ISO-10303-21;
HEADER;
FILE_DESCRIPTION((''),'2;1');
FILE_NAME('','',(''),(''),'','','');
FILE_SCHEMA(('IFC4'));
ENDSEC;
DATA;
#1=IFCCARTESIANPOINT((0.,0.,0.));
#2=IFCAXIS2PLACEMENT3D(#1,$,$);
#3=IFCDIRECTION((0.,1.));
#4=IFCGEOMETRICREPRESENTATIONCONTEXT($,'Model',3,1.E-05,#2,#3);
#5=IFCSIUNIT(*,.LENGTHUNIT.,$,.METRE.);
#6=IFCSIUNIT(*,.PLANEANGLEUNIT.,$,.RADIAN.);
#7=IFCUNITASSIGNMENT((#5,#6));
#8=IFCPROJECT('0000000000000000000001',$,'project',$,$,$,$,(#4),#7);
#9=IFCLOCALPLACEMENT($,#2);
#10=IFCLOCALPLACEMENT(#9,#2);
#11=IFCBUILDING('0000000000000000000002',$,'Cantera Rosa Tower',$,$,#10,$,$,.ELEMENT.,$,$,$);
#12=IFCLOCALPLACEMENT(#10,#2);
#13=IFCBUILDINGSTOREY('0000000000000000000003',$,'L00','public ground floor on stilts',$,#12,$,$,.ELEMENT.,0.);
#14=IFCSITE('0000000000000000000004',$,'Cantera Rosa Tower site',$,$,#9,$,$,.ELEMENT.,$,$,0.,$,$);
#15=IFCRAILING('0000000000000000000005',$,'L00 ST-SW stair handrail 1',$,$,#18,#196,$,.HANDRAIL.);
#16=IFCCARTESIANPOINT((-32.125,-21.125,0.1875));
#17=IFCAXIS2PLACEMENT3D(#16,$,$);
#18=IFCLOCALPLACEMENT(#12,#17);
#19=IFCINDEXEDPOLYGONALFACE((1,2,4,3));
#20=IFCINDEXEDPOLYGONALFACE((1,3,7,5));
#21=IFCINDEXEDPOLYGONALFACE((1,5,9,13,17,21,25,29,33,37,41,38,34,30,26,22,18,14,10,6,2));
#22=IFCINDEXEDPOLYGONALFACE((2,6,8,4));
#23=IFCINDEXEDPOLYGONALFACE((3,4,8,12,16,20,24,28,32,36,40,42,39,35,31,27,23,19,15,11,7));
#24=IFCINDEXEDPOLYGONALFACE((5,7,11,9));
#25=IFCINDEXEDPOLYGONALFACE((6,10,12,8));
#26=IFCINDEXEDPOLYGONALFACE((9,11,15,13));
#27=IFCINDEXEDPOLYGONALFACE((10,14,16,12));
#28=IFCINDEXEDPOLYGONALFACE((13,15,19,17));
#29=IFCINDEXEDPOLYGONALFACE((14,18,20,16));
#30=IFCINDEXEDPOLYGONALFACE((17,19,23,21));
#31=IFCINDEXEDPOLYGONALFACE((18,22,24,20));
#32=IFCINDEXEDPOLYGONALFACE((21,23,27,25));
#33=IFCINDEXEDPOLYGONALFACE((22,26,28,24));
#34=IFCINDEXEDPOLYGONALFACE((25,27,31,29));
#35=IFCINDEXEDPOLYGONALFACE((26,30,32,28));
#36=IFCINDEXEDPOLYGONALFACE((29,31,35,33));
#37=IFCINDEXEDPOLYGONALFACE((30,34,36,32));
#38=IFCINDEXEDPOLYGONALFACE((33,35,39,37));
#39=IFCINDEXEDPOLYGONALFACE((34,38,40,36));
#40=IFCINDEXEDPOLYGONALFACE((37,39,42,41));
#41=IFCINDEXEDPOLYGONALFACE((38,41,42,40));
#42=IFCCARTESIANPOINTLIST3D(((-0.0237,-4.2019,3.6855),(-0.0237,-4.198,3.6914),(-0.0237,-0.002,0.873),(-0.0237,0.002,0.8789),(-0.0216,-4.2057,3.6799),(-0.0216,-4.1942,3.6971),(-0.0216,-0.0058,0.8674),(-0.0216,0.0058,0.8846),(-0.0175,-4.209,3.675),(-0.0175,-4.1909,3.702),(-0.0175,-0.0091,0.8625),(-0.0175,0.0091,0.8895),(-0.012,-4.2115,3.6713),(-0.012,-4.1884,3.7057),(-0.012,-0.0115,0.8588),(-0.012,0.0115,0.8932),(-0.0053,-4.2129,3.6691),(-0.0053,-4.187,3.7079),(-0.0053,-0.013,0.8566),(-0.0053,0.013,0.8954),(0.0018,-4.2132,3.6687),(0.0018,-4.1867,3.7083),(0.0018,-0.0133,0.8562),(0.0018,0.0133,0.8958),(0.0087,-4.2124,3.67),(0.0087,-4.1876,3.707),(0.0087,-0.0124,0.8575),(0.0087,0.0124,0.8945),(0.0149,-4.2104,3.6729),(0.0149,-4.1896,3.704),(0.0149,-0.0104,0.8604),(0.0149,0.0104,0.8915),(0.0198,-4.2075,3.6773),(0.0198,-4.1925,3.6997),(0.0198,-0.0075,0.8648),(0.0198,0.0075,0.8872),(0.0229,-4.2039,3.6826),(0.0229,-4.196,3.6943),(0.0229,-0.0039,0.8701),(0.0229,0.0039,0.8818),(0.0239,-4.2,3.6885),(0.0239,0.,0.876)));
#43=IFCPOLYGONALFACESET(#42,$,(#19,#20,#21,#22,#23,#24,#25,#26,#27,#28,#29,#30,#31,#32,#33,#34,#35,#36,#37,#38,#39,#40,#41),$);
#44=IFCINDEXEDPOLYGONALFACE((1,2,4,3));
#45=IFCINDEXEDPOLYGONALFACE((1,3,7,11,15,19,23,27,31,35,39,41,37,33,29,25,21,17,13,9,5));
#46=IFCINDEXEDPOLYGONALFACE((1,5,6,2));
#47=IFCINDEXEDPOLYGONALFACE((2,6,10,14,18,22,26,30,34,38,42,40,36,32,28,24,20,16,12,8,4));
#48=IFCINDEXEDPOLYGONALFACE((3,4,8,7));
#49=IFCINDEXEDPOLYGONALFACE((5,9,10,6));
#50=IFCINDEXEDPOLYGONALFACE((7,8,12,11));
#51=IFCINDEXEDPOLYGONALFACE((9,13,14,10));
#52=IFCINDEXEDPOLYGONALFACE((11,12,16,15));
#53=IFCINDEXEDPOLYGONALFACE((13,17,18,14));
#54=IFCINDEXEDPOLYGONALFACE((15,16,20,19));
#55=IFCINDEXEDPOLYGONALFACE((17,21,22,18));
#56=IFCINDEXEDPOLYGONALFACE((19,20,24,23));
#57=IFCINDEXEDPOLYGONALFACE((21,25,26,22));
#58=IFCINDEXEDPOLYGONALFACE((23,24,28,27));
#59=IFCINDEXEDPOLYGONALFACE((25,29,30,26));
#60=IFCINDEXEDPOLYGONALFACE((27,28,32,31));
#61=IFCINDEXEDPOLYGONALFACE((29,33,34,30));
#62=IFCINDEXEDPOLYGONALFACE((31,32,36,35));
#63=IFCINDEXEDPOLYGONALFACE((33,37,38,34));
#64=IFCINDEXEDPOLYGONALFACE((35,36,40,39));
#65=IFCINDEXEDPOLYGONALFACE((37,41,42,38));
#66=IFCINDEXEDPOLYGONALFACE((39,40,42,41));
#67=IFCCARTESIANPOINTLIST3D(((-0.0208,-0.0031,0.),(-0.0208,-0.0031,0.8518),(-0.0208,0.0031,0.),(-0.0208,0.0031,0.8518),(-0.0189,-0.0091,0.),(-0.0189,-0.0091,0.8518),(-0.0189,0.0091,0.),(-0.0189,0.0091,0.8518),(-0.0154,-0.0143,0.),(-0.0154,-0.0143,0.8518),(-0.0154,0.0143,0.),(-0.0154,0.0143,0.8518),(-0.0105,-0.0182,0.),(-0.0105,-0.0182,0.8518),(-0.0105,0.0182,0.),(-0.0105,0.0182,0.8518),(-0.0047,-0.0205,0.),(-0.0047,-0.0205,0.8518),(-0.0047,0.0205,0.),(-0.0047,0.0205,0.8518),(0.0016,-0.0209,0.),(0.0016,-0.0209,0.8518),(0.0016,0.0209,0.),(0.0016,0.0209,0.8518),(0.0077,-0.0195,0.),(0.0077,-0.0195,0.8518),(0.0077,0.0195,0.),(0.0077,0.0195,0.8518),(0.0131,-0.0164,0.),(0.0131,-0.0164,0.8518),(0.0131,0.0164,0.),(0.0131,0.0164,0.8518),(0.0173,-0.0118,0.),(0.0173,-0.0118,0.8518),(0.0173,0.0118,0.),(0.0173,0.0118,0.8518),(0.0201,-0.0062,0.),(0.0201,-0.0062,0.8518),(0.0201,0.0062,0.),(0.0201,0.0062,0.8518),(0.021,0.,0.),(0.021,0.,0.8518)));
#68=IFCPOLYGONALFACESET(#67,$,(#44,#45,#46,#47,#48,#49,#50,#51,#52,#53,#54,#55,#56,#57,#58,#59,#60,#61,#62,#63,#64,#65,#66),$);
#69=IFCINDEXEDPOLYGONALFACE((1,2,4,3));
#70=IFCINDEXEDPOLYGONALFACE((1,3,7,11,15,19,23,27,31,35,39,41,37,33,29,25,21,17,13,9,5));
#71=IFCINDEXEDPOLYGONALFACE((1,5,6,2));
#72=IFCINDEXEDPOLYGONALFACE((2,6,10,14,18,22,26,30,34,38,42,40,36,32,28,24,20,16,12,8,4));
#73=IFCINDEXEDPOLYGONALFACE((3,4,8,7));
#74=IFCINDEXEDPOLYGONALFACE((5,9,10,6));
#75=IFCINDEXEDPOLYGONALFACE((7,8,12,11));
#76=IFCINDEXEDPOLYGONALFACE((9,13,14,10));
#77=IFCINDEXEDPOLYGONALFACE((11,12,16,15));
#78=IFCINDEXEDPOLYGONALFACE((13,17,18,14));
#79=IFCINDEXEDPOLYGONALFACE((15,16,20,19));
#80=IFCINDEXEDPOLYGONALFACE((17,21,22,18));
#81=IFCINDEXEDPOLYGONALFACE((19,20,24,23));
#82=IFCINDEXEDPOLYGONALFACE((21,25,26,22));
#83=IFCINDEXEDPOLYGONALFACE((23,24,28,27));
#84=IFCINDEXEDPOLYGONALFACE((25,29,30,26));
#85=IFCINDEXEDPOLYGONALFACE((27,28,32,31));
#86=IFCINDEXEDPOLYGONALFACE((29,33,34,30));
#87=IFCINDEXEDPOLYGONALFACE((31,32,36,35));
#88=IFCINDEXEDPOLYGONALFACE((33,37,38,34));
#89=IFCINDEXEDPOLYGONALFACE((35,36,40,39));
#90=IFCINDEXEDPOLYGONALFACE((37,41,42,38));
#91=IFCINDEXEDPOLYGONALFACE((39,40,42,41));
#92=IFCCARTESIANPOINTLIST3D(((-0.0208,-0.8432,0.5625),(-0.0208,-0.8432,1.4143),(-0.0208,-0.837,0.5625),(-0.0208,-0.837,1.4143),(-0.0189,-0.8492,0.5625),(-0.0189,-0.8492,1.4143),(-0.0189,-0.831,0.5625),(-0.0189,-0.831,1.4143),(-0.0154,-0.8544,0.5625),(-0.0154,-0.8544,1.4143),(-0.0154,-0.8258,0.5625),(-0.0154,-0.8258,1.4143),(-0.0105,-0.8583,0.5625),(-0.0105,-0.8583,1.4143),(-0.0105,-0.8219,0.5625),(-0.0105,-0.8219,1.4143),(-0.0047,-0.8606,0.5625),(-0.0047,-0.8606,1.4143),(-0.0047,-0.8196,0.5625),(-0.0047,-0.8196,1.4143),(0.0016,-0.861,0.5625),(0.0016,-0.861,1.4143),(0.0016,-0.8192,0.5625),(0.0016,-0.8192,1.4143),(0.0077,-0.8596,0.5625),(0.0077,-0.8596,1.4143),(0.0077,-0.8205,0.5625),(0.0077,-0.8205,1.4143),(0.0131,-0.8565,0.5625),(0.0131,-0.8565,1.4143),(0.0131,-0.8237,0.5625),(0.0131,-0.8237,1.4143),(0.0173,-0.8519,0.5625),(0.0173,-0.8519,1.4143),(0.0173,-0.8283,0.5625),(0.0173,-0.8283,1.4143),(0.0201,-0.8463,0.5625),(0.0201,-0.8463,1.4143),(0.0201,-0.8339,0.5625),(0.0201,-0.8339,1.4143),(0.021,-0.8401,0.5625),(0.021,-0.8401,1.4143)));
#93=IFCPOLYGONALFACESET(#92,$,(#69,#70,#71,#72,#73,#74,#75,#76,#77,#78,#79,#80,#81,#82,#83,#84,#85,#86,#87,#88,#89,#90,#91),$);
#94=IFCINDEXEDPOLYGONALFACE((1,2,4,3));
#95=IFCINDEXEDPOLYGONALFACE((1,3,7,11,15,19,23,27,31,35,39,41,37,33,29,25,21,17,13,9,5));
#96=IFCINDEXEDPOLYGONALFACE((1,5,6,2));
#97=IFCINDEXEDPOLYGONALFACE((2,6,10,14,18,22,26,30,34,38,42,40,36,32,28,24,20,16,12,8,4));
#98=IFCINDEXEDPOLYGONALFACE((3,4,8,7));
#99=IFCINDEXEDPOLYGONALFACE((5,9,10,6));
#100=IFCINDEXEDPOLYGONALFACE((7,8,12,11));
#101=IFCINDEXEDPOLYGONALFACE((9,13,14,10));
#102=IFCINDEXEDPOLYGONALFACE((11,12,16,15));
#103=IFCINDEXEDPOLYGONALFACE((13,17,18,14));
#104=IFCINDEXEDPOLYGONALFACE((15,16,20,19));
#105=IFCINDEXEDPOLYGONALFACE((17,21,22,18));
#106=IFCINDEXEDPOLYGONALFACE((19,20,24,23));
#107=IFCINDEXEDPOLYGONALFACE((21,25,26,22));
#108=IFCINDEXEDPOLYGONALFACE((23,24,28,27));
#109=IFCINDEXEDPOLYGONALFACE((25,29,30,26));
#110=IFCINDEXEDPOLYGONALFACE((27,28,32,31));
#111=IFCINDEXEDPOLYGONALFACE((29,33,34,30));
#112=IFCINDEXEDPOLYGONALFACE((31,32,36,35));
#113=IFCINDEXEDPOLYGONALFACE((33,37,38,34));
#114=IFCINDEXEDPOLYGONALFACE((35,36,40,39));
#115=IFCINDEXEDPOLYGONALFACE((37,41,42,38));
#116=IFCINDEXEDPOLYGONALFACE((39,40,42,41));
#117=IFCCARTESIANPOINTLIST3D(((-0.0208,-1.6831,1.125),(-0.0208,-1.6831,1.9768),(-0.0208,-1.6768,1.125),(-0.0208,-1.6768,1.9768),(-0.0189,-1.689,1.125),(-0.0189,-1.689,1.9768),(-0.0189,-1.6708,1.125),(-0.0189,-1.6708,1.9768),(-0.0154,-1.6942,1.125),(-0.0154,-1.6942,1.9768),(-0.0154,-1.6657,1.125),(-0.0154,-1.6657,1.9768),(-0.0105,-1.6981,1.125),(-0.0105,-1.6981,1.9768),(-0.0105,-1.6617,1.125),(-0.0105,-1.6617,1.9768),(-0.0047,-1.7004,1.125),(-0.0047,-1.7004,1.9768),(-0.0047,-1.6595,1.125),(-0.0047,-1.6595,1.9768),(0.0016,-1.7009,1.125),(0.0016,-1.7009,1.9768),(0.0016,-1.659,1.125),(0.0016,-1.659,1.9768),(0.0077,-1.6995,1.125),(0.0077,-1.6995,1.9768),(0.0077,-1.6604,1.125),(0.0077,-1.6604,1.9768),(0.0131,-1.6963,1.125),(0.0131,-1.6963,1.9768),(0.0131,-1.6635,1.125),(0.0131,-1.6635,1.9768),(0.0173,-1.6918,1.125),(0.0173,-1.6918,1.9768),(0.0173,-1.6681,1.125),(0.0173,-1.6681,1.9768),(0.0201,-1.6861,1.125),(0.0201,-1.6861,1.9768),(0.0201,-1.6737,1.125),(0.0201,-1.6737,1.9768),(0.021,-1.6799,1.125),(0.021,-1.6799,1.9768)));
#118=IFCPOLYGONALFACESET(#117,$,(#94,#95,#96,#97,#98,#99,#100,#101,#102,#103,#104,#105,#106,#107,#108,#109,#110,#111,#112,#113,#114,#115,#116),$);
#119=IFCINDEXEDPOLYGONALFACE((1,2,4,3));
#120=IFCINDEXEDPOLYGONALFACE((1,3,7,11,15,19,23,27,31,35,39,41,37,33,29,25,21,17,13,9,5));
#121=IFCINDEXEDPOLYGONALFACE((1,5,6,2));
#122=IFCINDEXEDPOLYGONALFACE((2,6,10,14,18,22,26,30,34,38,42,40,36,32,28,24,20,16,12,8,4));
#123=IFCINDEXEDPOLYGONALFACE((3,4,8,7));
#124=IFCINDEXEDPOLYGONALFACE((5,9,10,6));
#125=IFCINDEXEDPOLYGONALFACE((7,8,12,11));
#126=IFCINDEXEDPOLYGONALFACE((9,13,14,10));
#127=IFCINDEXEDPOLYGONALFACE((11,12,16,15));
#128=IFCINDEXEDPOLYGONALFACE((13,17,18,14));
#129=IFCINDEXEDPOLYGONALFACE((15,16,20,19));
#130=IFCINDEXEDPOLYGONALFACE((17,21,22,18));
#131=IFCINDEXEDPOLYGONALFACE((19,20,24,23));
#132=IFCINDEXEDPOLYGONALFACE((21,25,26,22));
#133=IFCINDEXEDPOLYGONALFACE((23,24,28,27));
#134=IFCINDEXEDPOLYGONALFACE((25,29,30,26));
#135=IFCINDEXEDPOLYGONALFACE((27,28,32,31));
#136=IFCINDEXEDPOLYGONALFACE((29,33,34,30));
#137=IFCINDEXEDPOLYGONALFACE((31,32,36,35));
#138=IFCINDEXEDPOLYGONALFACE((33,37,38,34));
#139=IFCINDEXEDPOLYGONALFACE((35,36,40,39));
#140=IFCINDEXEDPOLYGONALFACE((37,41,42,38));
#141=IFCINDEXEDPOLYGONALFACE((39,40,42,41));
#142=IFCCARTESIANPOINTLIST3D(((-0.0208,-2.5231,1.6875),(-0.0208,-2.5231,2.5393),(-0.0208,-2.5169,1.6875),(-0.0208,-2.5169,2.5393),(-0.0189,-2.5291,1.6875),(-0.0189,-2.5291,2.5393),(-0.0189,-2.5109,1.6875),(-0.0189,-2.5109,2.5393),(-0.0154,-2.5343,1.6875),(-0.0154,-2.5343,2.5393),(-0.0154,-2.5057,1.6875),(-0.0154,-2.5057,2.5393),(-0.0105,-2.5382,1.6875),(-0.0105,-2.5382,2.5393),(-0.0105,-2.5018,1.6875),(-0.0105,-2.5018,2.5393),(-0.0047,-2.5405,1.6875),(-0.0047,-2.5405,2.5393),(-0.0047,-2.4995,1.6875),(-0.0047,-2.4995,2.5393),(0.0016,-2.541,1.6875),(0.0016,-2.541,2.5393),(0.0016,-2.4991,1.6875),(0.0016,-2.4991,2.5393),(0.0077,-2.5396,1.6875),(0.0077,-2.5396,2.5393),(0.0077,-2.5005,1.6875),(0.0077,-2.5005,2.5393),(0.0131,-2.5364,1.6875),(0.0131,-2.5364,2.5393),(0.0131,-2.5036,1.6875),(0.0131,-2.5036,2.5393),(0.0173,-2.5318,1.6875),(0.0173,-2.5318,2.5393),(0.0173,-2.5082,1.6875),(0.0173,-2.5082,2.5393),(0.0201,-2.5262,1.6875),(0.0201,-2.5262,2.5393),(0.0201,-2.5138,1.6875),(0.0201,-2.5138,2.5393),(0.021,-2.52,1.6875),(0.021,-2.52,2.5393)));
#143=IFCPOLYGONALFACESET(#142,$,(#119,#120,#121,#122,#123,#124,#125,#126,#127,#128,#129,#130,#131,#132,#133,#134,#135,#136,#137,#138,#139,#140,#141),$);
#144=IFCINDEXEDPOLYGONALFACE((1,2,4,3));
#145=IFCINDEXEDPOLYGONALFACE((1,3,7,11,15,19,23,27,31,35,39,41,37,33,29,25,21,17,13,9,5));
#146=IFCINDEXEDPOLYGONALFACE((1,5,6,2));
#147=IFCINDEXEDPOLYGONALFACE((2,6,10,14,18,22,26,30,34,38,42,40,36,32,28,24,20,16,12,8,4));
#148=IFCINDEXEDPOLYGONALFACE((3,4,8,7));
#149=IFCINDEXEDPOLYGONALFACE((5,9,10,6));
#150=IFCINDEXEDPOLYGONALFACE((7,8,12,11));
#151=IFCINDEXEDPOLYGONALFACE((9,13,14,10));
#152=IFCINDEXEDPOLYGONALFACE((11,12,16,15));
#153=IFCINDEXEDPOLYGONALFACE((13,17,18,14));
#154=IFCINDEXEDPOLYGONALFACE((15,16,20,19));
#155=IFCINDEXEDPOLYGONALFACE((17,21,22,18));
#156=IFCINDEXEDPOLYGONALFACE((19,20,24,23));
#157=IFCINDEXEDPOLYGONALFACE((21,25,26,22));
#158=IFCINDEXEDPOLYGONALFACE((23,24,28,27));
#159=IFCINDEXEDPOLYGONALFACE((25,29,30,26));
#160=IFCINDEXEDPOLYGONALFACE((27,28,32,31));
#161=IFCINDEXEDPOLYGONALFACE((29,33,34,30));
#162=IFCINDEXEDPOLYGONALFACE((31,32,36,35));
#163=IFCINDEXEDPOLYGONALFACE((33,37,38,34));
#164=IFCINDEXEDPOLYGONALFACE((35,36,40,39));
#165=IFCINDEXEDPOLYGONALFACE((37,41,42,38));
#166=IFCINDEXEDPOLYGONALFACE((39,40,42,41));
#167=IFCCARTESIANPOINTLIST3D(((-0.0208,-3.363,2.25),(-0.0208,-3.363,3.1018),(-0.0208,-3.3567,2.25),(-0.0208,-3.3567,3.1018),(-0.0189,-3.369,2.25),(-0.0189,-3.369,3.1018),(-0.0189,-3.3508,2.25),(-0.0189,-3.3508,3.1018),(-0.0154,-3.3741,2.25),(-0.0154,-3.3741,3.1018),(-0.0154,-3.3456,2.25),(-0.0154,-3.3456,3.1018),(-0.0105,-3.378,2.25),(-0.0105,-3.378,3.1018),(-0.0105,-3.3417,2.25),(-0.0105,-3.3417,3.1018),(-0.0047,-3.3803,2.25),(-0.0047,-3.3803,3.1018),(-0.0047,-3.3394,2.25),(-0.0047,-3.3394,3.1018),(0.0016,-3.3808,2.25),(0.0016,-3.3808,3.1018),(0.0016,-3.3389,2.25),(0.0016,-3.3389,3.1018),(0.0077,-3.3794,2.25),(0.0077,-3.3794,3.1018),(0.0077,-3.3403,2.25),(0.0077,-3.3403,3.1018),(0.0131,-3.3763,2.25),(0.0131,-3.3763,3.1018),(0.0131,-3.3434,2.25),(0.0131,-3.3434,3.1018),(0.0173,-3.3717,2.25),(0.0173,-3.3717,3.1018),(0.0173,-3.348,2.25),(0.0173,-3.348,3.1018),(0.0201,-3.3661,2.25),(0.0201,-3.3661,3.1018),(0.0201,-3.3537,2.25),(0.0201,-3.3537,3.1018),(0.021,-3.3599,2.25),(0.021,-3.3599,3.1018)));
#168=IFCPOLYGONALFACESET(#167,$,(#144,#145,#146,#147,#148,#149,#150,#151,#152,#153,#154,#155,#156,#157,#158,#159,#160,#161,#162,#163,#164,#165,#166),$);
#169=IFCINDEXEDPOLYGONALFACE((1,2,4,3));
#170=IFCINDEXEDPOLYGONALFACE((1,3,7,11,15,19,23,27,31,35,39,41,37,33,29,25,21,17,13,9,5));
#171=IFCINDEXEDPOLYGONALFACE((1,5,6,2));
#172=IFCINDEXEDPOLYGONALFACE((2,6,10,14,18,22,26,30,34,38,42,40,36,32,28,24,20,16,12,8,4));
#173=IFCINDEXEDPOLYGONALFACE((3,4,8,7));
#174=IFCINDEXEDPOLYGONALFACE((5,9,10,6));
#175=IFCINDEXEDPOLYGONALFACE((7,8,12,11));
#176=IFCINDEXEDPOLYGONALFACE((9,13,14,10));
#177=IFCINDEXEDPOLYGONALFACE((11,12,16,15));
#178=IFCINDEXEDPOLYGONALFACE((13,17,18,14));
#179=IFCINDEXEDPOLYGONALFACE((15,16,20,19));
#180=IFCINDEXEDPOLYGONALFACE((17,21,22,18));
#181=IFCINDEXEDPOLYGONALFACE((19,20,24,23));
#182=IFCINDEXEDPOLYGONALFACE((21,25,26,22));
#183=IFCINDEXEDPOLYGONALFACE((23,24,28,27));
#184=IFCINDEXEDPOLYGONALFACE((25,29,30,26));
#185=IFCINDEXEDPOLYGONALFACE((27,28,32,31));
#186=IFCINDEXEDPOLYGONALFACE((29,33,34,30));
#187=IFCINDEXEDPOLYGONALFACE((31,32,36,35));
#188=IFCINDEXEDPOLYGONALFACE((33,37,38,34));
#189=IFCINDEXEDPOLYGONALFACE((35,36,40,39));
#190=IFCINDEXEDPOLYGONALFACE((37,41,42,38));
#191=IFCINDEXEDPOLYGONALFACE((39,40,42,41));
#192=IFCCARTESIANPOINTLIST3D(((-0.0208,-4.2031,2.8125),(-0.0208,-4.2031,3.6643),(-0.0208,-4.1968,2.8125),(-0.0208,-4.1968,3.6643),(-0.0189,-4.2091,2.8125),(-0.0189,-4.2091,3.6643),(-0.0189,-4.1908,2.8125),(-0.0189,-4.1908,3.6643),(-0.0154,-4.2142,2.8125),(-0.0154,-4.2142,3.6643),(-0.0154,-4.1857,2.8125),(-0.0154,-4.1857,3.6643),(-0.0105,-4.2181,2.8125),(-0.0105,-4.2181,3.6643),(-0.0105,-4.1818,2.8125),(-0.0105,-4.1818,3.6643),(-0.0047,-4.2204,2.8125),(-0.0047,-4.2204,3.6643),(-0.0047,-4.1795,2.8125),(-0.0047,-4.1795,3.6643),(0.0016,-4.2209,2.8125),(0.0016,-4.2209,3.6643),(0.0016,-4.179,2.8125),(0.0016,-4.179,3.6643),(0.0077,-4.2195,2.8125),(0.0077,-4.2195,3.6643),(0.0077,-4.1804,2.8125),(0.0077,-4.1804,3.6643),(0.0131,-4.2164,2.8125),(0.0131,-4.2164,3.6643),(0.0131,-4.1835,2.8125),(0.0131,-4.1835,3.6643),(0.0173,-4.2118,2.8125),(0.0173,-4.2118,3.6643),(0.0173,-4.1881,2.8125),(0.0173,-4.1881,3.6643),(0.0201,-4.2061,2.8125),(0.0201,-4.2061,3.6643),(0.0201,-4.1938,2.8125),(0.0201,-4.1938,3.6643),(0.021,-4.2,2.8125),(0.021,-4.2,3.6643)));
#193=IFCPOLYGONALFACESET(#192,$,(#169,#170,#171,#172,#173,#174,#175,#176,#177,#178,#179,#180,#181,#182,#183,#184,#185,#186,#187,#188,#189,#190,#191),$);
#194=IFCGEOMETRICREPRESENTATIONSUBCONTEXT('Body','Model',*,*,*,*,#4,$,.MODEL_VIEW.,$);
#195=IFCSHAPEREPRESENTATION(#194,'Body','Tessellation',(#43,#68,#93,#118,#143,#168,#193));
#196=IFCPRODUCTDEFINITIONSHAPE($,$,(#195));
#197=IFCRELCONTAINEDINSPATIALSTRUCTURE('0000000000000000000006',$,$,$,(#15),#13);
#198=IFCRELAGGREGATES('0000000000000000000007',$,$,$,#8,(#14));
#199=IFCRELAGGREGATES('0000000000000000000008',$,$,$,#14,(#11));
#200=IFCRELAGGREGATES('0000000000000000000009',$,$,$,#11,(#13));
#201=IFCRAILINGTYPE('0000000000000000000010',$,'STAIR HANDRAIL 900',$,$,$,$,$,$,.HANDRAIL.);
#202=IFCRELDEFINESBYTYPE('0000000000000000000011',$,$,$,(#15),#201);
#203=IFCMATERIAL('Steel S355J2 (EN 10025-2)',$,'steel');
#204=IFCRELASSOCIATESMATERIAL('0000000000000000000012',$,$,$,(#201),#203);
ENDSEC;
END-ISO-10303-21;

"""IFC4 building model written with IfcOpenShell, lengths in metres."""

from ifc_helpers import new_model, si_unit, direction, frame, origin, origin_2d, place, context, subcontext, project, spatial, circle, extrude, material, type_object, element, save


model = new_model("IFC4")

# Units and contexts
model_context = context("Model", 3, precision=1e-05, world=origin(), true_north=direction((0.0, 1.0)))
body_context = subcontext(model_context, "Body", "Model", "MODEL_VIEW")
ifc_project = project(units=[si_unit("LENGTHUNIT", "METRE"), si_unit("PLANEANGLEUNIT", "RADIAN")], contexts=[model_context])

# Site, building, storey
site_placement = place(None, origin())
site = spatial("IfcSite", under=ifc_project, at=site_placement, Name="Cantera Rosa Tower site", CompositionType="ELEMENT", RefElevation=0.0)
building_placement = place(site_placement, origin())
building = spatial("IfcBuilding", under=site, at=building_placement, Name="Cantera Rosa Tower", CompositionType="ELEMENT")
storey_placement = place(building_placement, origin())
storey = spatial("IfcBuildingStorey", under=building, at=storey_placement, Name="L00", Description="public ground floor on stilts", CompositionType="ELEMENT", Elevation=0.0)

# Railing
ifc_material_1 = material(Name="Steel S355J2 (EN 10025-2)", Category="steel")
railing_type_1 = type_object("IfcRailingType", Name="STAIR HANDRAIL 900", PredefinedType="HANDRAIL", material=ifc_material_1)
for number, where, name in (
    (1, (-32.125, -21.125, 0.1875), "L00 ST-SW stair handrail 1"),
):
    element("IfcRailing", number, at=place(storey_placement, frame(where)), inside=storey, type_object=railing_type_1, Name=name, PredefinedType="HANDRAIL", context=body_context, shape_type="SweptSolid", body=[
        extrude(circle(Radius=0.0239, at=origin_2d()), frame((0.0, 0.0, 0.876), z_axis=(0.0, -0.830904, 0.556416), x_axis=(1.0, 0.0, 0.0)), (0.0, 0.0, 1.0), 5.0547),
        extrude(circle(Radius=0.021, at=origin_2d()), origin(), (0.0, 0.0, 1.0), 0.8518),
        extrude(circle(Radius=0.021, at=origin_2d()), frame((0.0, -0.8401, 0.5625)), (0.0, 0.0, 1.0), 0.8518),
        extrude(circle(Radius=0.021, at=origin_2d()), frame((0.0, -1.6799, 1.125)), (0.0, 0.0, 1.0), 0.8518),
        extrude(circle(Radius=0.021, at=origin_2d()), frame((0.0, -2.52, 1.6875)), (0.0, 0.0, 1.0), 0.8518),
        extrude(circle(Radius=0.021, at=origin_2d()), frame((0.0, -3.3599, 2.25)), (0.0, 0.0, 1.0), 0.8518),
        extrude(circle(Radius=0.021, at=origin_2d()), frame((0.0, -4.2, 2.8125)), (0.0, 0.0, 1.0), 0.8518),
    ])

save(model, "model.ifc")
